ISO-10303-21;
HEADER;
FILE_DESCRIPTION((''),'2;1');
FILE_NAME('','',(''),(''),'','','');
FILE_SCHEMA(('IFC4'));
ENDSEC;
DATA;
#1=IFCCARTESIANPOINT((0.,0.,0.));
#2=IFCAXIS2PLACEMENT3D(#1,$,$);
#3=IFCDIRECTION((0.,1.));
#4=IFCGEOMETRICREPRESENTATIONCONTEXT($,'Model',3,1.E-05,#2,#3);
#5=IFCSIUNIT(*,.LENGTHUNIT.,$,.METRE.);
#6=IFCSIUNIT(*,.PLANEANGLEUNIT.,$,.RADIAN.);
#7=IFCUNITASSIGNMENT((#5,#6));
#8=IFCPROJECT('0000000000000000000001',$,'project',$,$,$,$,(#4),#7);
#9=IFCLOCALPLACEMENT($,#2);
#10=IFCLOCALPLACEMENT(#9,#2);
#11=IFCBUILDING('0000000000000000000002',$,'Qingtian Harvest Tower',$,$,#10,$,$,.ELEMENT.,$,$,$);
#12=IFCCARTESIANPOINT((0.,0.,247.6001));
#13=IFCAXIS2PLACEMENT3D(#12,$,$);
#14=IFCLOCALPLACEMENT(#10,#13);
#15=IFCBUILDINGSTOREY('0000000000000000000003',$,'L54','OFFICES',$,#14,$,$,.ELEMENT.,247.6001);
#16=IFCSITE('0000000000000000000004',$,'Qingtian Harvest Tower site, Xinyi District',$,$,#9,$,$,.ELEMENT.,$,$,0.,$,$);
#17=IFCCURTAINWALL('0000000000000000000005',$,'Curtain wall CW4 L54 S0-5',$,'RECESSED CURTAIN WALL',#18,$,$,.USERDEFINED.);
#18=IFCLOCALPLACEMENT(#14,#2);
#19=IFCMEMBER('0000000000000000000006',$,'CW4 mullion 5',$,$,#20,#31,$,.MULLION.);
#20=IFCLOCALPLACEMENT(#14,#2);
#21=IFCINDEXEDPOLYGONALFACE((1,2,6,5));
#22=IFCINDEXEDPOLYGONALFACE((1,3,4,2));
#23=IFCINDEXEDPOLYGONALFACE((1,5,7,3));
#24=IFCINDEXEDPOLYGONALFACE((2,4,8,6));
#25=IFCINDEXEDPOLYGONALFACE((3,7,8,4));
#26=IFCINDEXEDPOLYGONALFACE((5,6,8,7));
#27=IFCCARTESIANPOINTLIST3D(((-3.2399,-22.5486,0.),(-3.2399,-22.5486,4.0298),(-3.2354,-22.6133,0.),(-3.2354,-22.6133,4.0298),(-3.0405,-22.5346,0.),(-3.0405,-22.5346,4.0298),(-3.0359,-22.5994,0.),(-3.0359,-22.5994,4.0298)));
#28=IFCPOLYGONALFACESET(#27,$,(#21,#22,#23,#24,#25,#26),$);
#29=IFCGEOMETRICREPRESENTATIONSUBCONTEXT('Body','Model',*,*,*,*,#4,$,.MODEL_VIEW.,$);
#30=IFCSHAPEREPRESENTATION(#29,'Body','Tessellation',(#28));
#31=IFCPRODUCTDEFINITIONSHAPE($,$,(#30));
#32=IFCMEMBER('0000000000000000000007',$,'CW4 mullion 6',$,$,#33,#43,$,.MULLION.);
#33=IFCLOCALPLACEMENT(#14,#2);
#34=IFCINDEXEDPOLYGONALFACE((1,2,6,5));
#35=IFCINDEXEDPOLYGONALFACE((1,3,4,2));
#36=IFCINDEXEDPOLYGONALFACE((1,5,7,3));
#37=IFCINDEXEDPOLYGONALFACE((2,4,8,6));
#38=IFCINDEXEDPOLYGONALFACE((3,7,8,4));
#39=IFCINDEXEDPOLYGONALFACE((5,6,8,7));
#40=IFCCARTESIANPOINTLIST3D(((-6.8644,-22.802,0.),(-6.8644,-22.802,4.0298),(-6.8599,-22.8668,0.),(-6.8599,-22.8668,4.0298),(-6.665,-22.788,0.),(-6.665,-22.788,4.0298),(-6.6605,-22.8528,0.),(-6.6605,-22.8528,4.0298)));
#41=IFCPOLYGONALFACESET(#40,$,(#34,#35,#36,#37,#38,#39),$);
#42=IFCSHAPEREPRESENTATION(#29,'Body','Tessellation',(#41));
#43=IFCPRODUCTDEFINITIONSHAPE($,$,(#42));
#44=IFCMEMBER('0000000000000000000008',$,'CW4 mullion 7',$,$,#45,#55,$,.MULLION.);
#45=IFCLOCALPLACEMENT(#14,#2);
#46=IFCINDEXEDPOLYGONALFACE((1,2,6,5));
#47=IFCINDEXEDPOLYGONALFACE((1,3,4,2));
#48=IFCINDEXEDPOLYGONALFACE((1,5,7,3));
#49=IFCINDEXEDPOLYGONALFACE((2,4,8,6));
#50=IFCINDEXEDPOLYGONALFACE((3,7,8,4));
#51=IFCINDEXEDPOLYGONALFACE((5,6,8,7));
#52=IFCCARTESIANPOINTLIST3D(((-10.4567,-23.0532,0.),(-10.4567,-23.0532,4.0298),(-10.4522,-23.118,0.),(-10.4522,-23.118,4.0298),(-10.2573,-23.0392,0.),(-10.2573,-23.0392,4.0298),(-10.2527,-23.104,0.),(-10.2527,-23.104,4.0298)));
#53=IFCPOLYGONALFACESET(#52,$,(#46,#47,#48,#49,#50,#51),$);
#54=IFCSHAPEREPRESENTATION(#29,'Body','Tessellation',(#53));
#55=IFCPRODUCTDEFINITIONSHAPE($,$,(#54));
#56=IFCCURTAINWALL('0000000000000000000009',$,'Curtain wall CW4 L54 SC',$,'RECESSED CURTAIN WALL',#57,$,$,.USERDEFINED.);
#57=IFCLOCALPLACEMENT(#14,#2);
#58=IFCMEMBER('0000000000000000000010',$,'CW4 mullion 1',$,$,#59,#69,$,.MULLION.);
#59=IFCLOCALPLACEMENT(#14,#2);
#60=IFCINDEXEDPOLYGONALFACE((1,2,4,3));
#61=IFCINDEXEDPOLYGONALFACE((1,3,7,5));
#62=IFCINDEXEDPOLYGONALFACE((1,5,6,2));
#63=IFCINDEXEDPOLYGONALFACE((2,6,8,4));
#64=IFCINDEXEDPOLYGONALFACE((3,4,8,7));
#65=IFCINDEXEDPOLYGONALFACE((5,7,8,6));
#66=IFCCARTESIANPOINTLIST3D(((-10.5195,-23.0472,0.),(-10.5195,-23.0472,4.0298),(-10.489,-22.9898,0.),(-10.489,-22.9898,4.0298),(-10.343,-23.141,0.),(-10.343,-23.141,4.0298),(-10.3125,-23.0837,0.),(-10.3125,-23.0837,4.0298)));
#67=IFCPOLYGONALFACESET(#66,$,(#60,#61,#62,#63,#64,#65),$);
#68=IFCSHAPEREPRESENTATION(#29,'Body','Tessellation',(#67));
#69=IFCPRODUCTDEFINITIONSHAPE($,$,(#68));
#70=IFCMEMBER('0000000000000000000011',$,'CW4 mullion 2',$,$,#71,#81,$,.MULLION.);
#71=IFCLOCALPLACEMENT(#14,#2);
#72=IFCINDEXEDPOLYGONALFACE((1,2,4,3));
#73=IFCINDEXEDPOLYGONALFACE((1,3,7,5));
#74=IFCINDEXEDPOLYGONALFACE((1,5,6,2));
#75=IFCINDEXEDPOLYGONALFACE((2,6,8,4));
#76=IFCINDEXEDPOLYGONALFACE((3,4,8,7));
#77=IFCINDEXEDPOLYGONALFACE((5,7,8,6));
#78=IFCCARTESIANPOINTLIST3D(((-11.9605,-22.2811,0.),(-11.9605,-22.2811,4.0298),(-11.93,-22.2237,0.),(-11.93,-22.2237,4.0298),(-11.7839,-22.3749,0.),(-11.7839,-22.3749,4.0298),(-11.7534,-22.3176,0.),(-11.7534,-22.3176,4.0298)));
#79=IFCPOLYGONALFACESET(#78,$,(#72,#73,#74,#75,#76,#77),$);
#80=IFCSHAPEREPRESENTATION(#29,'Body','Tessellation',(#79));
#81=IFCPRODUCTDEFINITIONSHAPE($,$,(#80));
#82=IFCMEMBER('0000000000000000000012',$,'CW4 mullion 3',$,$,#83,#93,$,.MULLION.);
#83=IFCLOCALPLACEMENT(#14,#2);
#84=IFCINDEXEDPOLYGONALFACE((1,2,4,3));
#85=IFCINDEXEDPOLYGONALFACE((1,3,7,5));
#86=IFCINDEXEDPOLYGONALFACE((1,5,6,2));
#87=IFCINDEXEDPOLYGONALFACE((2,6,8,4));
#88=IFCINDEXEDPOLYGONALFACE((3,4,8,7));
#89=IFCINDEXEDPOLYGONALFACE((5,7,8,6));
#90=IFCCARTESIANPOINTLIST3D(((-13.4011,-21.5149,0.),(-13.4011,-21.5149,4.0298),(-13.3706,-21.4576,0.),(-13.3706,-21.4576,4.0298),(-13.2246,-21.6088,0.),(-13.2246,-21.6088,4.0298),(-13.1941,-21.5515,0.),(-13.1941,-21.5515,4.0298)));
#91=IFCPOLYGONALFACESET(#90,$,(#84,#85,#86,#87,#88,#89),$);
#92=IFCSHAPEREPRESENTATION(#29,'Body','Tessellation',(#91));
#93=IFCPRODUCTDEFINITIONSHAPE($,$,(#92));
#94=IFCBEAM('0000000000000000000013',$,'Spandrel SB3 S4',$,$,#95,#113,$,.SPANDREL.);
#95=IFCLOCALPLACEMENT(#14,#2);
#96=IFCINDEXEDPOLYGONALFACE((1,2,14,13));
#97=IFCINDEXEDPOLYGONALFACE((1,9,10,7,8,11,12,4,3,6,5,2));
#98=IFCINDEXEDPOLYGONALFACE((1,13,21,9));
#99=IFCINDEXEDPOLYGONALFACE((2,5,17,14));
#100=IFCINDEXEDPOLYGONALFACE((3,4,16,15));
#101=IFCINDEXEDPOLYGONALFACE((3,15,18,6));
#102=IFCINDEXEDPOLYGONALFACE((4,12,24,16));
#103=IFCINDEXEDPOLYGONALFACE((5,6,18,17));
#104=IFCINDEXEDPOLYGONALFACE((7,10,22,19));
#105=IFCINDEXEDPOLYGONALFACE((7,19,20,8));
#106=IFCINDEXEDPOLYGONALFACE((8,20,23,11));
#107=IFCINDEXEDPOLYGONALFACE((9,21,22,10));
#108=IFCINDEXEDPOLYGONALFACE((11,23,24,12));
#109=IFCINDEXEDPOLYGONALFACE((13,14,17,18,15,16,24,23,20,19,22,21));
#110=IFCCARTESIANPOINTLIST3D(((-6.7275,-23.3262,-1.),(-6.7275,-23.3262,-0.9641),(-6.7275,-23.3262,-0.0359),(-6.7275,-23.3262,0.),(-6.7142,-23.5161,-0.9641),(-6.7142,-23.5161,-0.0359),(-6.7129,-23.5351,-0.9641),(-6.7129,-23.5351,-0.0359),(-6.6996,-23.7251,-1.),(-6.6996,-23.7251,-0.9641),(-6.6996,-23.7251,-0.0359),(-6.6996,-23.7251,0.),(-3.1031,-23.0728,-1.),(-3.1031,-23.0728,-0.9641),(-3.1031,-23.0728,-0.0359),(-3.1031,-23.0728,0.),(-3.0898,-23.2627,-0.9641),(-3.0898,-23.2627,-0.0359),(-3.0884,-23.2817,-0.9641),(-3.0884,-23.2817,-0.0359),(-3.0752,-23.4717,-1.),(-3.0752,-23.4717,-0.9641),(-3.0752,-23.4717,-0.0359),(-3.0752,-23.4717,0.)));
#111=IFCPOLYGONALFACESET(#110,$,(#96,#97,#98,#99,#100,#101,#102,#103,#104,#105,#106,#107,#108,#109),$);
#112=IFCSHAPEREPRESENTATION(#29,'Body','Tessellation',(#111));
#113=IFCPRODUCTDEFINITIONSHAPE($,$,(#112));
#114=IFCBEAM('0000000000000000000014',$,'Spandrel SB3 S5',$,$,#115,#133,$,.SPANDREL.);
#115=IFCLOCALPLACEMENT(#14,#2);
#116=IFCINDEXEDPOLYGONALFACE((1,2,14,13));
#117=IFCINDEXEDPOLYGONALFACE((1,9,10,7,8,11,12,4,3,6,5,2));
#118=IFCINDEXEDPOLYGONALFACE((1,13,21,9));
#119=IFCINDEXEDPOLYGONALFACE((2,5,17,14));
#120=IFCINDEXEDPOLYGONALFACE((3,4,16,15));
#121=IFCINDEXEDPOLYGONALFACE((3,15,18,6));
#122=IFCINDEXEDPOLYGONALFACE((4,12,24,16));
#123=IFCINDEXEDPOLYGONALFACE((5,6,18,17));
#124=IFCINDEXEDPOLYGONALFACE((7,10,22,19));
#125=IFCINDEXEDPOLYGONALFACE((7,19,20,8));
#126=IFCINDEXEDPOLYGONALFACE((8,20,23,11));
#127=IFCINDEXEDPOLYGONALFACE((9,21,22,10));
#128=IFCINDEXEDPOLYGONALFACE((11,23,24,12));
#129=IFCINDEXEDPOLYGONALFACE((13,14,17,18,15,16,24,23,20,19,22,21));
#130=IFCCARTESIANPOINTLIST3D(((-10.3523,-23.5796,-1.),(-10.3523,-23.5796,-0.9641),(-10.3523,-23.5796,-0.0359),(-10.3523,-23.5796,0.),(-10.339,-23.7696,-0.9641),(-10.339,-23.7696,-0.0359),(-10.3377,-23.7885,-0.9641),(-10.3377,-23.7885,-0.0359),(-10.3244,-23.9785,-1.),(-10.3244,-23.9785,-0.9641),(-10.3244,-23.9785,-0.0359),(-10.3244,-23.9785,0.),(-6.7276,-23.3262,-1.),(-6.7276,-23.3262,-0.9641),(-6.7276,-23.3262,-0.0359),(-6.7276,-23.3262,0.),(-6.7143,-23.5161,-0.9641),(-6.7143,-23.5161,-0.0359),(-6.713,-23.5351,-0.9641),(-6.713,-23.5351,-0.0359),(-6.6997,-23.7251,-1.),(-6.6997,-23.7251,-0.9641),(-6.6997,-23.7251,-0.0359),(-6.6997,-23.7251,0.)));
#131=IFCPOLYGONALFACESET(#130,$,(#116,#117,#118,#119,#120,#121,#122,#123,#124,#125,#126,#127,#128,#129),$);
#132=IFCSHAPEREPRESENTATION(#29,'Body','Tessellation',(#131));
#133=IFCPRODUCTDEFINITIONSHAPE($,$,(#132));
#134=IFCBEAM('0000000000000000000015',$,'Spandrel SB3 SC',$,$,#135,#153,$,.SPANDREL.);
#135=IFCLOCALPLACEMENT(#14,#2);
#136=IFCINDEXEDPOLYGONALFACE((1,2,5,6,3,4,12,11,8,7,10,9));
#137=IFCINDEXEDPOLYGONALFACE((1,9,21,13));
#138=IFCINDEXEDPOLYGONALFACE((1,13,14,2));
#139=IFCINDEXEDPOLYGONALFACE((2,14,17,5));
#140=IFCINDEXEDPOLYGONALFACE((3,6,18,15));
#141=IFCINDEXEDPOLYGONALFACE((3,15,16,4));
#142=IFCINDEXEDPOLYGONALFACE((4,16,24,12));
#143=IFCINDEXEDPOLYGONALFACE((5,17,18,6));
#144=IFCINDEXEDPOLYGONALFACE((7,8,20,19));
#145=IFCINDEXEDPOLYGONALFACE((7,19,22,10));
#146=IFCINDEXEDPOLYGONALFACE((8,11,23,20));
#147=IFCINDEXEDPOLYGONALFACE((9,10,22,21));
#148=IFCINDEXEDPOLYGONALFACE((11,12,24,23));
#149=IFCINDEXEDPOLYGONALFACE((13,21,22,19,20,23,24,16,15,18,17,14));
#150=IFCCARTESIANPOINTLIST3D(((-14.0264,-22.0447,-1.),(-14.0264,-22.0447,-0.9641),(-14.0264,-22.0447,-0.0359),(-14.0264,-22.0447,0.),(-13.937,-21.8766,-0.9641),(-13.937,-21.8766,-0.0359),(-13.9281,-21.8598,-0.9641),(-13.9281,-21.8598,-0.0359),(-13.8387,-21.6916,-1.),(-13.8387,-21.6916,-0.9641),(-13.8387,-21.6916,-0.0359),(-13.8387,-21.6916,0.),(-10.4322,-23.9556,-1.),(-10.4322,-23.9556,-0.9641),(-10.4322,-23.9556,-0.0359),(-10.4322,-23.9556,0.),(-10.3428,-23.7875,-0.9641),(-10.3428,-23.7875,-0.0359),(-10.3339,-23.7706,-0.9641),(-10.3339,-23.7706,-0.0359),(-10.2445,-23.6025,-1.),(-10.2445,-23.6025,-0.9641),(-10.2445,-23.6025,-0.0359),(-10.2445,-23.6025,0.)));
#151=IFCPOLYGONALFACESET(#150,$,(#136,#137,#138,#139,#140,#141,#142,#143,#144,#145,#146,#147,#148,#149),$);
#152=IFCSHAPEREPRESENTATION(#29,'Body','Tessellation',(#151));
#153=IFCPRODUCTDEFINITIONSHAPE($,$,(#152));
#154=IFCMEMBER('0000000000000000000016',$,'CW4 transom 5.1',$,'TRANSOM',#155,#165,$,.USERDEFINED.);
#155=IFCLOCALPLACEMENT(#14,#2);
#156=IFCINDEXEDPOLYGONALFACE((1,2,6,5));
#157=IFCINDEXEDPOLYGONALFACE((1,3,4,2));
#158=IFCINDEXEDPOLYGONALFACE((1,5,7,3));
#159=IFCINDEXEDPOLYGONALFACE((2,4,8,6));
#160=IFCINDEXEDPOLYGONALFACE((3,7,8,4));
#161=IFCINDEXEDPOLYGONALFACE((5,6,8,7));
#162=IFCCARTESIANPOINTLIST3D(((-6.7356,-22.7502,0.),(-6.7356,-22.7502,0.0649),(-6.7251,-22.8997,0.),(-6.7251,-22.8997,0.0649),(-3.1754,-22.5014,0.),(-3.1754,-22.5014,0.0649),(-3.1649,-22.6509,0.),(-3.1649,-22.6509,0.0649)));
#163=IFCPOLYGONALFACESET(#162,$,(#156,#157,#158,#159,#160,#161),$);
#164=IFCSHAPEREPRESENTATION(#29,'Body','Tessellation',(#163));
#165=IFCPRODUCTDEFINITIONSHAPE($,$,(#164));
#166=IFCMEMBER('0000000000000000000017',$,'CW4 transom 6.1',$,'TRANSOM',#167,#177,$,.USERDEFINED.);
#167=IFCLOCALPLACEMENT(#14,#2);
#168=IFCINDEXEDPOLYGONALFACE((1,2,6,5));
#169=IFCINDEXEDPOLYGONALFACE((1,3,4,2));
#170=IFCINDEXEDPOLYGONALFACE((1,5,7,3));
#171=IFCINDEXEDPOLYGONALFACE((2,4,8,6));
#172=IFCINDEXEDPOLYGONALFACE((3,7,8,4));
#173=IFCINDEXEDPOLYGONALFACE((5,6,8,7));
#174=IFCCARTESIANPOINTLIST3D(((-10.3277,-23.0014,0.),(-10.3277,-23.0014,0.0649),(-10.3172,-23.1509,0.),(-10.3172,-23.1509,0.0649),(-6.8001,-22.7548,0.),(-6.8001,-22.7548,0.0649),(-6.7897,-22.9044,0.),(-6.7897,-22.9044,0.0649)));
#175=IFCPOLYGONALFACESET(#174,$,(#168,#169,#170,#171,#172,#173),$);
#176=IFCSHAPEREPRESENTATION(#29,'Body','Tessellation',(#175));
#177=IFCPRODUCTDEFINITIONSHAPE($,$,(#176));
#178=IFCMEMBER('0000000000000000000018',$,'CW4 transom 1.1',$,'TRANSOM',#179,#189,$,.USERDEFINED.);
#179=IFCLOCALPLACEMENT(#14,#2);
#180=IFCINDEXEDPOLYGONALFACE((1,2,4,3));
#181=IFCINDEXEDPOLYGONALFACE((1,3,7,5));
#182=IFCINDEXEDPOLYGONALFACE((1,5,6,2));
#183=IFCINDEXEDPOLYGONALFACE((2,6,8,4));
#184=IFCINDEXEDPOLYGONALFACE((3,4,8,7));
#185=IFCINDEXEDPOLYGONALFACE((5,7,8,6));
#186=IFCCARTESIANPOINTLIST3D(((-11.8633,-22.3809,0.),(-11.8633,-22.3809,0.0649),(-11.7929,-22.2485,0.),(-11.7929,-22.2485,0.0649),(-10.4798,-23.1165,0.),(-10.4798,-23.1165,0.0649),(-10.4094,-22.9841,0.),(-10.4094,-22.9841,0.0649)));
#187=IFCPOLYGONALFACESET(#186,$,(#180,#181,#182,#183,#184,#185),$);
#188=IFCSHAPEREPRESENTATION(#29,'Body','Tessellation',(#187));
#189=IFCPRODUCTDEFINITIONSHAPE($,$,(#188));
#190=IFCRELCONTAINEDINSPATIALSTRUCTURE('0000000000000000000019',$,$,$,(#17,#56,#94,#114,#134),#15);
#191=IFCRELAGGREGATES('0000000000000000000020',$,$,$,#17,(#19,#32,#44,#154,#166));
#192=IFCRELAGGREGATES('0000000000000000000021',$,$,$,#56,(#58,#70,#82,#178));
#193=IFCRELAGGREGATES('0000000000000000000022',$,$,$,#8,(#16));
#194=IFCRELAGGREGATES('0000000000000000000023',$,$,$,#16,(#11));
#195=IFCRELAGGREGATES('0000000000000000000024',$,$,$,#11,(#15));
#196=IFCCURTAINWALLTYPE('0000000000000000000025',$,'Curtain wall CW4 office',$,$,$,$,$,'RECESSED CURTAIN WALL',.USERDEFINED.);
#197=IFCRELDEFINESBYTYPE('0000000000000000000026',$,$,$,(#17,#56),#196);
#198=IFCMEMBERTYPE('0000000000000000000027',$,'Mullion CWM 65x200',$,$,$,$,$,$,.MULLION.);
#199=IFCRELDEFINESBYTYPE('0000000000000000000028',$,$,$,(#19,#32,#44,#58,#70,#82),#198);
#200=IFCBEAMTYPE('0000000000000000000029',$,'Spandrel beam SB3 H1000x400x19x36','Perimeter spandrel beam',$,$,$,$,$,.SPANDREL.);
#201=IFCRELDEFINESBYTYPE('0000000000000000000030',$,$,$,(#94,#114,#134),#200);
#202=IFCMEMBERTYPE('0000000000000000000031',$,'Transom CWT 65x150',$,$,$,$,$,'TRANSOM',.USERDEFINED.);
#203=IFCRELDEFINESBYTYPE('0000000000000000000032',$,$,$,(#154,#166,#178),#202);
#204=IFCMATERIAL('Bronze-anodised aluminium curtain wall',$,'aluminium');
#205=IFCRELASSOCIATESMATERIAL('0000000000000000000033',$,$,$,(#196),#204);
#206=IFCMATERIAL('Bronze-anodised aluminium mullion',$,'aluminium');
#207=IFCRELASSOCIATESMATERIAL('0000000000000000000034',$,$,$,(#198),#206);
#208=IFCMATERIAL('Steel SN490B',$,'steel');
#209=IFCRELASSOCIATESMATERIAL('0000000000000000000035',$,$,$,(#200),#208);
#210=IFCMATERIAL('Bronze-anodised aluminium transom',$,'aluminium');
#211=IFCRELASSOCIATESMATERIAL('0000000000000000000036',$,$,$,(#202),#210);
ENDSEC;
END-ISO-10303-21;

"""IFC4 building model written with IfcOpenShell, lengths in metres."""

from ifc_helpers import new_model, si_unit, direction, frame, origin, origin_2d, place, context, subcontext, project, spatial, rectangle, i_section, extrude, material, material_profile, profile_set, type_object, element, aggregate, save


model = new_model("IFC4")

# Units and contexts
model_context = context("Model", 3, precision=1e-05, world=origin(), true_north=direction((0.0, 1.0)))
body_context = subcontext(model_context, "Body", "Model", "MODEL_VIEW")
ifc_project = project(units=[si_unit("LENGTHUNIT", "METRE"), si_unit("PLANEANGLEUNIT", "RADIAN")], contexts=[model_context])

# Site, building, storey
site_placement = place(None, origin())
site = spatial("IfcSite", under=ifc_project, at=site_placement, Name="Qingtian Harvest Tower site, Xinyi District", CompositionType="ELEMENT", RefElevation=0.0)
building_placement = place(site_placement, origin())
building = spatial("IfcBuilding", under=site, at=building_placement, Name="Qingtian Harvest Tower", CompositionType="ELEMENT")
storey_placement = place(building_placement, frame((0.0, 0.0, 247.6001)))
storey = spatial("IfcBuildingStorey", under=building, at=storey_placement, Name="L54", Description="OFFICES", CompositionType="ELEMENT", Elevation=247.6001)

# Curtain walls, members
ifc_material_1 = material(Name="Bronze-anodised aluminium curtain wall", Category="aluminium")
curtain_wall_type = type_object("IfcCurtainWallType", Name="Curtain wall CW4 office", ElementType="RECESSED CURTAIN WALL", PredefinedType="USERDEFINED", material=ifc_material_1)
curtain_wall_1_placement = place(storey_placement, origin())
curtain_wall_1 = element("IfcCurtainWall", 1, at=curtain_wall_1_placement, inside=storey, type_object=curtain_wall_type, Name="Curtain wall CW4 L54 S0-5", ObjectType="RECESSED CURTAIN WALL", PredefinedType="USERDEFINED")
ifc_material_2 = material(Name="Bronze-anodised aluminium mullion", Category="aluminium")
ifc_material_profile_1 = material_profile(ifc_material_2, rectangle(XDim=0.0649, YDim=0.2, at=origin_2d()), Name="AL 65x200")
ifc_profile_set_1 = profile_set([ifc_material_profile_1], Name="Bronze-anodised aluminium mullion")
member_type_1 = type_object("IfcMemberType", Name="Mullion CWM 65x200", PredefinedType="MULLION", material=ifc_profile_set_1)
member_1_placement = place(storey_placement, frame((-3.1379, -22.574, 0.0), z_axis=(0.0, 0.0, 1.0), x_axis=(0.069756, -0.997564, 0.0)))
member_1 = element("IfcMember", 2, at=member_1_placement, type_object=member_type_1, Name="CW4 mullion 5", PredefinedType="MULLION", context=body_context, shape_type="SweptSolid", body=[
    extrude(rectangle(XDim=0.0649, YDim=0.2, at=origin_2d()), origin(), (0.0, 0.0, 1.0), 4.0298),
])
member_2_placement = place(storey_placement, frame((-6.7625, -22.8274, 0.0), z_axis=(0.0, 0.0, 1.0), x_axis=(0.069756, -0.997564, 0.0)))
member_2 = element("IfcMember", 3, at=member_2_placement, type_object=member_type_1, Name="CW4 mullion 6", PredefinedType="MULLION", context=body_context, shape_type="SweptSolid", body=[
    extrude(rectangle(XDim=0.0649, YDim=0.2, at=origin_2d()), origin(), (0.0, 0.0, 1.0), 4.0298),
])
member_3_placement = place(storey_placement, frame((-10.3547, -23.0786, 0.0), z_axis=(0.0, 0.0, 1.0), x_axis=(0.069756, -0.997564, 0.0)))
member_3 = element("IfcMember", 4, at=member_3_placement, type_object=member_type_1, Name="CW4 mullion 7", PredefinedType="MULLION", context=body_context, shape_type="SweptSolid", body=[
    extrude(rectangle(XDim=0.0649, YDim=0.2, at=origin_2d()), origin(), (0.0, 0.0, 1.0), 4.0298),
])
curtain_wall_2_placement = place(storey_placement, origin())
curtain_wall_2 = element("IfcCurtainWall", 5, at=curtain_wall_2_placement, inside=storey, type_object=curtain_wall_type, Name="Curtain wall CW4 L54 SC", ObjectType="RECESSED CURTAIN WALL", PredefinedType="USERDEFINED")
member_4_placement = place(storey_placement, frame((-10.416, -23.0654, 0.0), z_axis=(0.0, 0.0, 1.0), x_axis=(-0.469472, -0.882948, 0.0)))
member_4 = element("IfcMember", 6, at=member_4_placement, type_object=member_type_1, Name="CW4 mullion 1", PredefinedType="MULLION", context=body_context, shape_type="SweptSolid", body=[
    extrude(rectangle(XDim=0.0649, YDim=0.2, at=origin_2d()), origin(), (0.0, 0.0, 1.0), 4.0298),
])
member_5_placement = place(storey_placement, frame((-11.8569, -22.2993, 0.0), z_axis=(0.0, 0.0, 1.0), x_axis=(-0.469472, -0.882948, 0.0)))
member_5 = element("IfcMember", 7, at=member_5_placement, type_object=member_type_1, Name="CW4 mullion 2", PredefinedType="MULLION", context=body_context, shape_type="SweptSolid", body=[
    extrude(rectangle(XDim=0.0649, YDim=0.2, at=origin_2d()), origin(), (0.0, 0.0, 1.0), 4.0298),
])
member_6_placement = place(storey_placement, frame((-13.2976, -21.5332, 0.0), z_axis=(0.0, 0.0, 1.0), x_axis=(-0.469472, -0.882948, 0.0)))
member_6 = element("IfcMember", 8, at=member_6_placement, type_object=member_type_1, Name="CW4 mullion 3", PredefinedType="MULLION", context=body_context, shape_type="SweptSolid", body=[
    extrude(rectangle(XDim=0.0649, YDim=0.2, at=origin_2d()), origin(), (0.0, 0.0, 1.0), 4.0298),
])

# Beams
ifc_material_3 = material(Name="Steel SN490B", Category="steel")
ifc_material_profile_2 = material_profile(ifc_material_3, i_section(OverallWidth=0.3999, OverallDepth=1.0, WebThickness=0.019, FlangeThickness=0.0359, at=origin_2d()), Name="H1000x400x19x36")
ifc_profile_set_2 = profile_set([ifc_material_profile_2], Name="Steel SN490B")
beam_type_1 = type_object("IfcBeamType", Name="Spandrel beam SB3 H1000x400x19x36", Description="Perimeter spandrel beam", PredefinedType="SPANDREL", material=ifc_profile_set_2)
beam_1_placement = place(storey_placement, frame((-3.0891, -23.2722, -0.5), z_axis=(-0.997565, -0.069748, 0.0), x_axis=(0.069748, -0.997565, 0.0)))
element("IfcBeam", 9, at=beam_1_placement, inside=storey, type_object=beam_type_1, Name="Spandrel SB3 S4", PredefinedType="SPANDREL", context=body_context, shape_type="SweptSolid", body=[
    extrude(i_section(OverallWidth=0.3999, OverallDepth=1.0, WebThickness=0.019, FlangeThickness=0.0359, at=origin_2d()), origin(), (0.0, 0.0, 1.0), 3.6333),
])
beam_2_placement = place(storey_placement, frame((-6.7136, -23.5256, -0.5), z_axis=(-0.997565, -0.069743, 0.0), x_axis=(0.069743, -0.997565, 0.0)))
element("IfcBeam", 10, at=beam_2_placement, inside=storey, type_object=beam_type_1, Name="Spandrel SB3 S5", PredefinedType="SPANDREL", context=body_context, shape_type="SweptSolid", body=[
    extrude(i_section(OverallWidth=0.3999, OverallDepth=1.0, WebThickness=0.019, FlangeThickness=0.0359, at=origin_2d()), origin(), (0.0, 0.0, 1.0), 3.6335),
])
beam_3_placement = place(storey_placement, frame((-10.3384, -23.7791, -0.5), z_axis=(-0.882968, 0.469433, 0.0), x_axis=(-0.469433, -0.882968, 0.0)))
element("IfcBeam", 11, at=beam_3_placement, inside=storey, type_object=beam_type_1, Name="Spandrel SB3 SC", PredefinedType="SPANDREL", context=body_context, shape_type="SweptSolid", body=[
    extrude(i_section(OverallWidth=0.3999, OverallDepth=1.0, WebThickness=0.019, FlangeThickness=0.0359, at=origin_2d()), origin(), (0.0, 0.0, 1.0), 4.0706),
])

# Members
ifc_material_4 = material(Name="Bronze-anodised aluminium transom", Category="aluminium")
ifc_material_profile_3 = material_profile(ifc_material_4, rectangle(XDim=0.1499, YDim=0.0649, at=origin_2d()), Name="AL 65x150")
ifc_profile_set_3 = profile_set([ifc_material_profile_3], Name="Bronze-anodised aluminium transom")
member_type_2 = type_object("IfcMemberType", Name="Transom CWT 65x150", ElementType="TRANSOM", PredefinedType="USERDEFINED", material=ifc_profile_set_3)
member_7_placement = place(storey_placement, frame((-3.1702, -22.5762, 0.0325), z_axis=(-0.997567, -0.069711, 0.0), x_axis=(0.069711, -0.997567, 0.0)))
member_7 = element("IfcMember", 12, at=member_7_placement, type_object=member_type_2, Name="CW4 transom 5.1", ObjectType="TRANSOM", PredefinedType="USERDEFINED", context=body_context, shape_type="SweptSolid", body=[
    extrude(rectangle(XDim=0.1499, YDim=0.0649, at=origin_2d()), origin(), (0.0, 0.0, 1.0), 3.5688),
])
member_8_placement = place(storey_placement, frame((-6.7949, -22.8296, 0.0325), z_axis=(-0.997566, -0.069731, 0.0), x_axis=(0.069731, -0.997566, 0.0)))
member_8 = element("IfcMember", 13, at=member_8_placement, type_object=member_type_2, Name="CW4 transom 6.1", ObjectType="TRANSOM", PredefinedType="USERDEFINED", context=body_context, shape_type="SweptSolid", body=[
    extrude(rectangle(XDim=0.1499, YDim=0.0649, at=origin_2d()), origin(), (0.0, 0.0, 1.0), 3.5361),
])
member_9_placement = place(storey_placement, frame((-10.4446, -23.0503, 0.0325), z_axis=(-0.88296, 0.469448, 0.0), x_axis=(-0.469448, -0.88296, 0.0)))
member_9 = element("IfcMember", 14, at=member_9_placement, type_object=member_type_2, Name="CW4 transom 1.1", ObjectType="TRANSOM", PredefinedType="USERDEFINED", context=body_context, shape_type="SweptSolid", body=[
    extrude(rectangle(XDim=0.1499, YDim=0.0649, at=origin_2d()), origin(), (0.0, 0.0, 1.0), 1.5669),
])

aggregate(curtain_wall_1, [member_1, member_2, member_3, member_7, member_8])
aggregate(curtain_wall_2, [member_4, member_5, member_6, member_9])

save(model, "model.ifc")
